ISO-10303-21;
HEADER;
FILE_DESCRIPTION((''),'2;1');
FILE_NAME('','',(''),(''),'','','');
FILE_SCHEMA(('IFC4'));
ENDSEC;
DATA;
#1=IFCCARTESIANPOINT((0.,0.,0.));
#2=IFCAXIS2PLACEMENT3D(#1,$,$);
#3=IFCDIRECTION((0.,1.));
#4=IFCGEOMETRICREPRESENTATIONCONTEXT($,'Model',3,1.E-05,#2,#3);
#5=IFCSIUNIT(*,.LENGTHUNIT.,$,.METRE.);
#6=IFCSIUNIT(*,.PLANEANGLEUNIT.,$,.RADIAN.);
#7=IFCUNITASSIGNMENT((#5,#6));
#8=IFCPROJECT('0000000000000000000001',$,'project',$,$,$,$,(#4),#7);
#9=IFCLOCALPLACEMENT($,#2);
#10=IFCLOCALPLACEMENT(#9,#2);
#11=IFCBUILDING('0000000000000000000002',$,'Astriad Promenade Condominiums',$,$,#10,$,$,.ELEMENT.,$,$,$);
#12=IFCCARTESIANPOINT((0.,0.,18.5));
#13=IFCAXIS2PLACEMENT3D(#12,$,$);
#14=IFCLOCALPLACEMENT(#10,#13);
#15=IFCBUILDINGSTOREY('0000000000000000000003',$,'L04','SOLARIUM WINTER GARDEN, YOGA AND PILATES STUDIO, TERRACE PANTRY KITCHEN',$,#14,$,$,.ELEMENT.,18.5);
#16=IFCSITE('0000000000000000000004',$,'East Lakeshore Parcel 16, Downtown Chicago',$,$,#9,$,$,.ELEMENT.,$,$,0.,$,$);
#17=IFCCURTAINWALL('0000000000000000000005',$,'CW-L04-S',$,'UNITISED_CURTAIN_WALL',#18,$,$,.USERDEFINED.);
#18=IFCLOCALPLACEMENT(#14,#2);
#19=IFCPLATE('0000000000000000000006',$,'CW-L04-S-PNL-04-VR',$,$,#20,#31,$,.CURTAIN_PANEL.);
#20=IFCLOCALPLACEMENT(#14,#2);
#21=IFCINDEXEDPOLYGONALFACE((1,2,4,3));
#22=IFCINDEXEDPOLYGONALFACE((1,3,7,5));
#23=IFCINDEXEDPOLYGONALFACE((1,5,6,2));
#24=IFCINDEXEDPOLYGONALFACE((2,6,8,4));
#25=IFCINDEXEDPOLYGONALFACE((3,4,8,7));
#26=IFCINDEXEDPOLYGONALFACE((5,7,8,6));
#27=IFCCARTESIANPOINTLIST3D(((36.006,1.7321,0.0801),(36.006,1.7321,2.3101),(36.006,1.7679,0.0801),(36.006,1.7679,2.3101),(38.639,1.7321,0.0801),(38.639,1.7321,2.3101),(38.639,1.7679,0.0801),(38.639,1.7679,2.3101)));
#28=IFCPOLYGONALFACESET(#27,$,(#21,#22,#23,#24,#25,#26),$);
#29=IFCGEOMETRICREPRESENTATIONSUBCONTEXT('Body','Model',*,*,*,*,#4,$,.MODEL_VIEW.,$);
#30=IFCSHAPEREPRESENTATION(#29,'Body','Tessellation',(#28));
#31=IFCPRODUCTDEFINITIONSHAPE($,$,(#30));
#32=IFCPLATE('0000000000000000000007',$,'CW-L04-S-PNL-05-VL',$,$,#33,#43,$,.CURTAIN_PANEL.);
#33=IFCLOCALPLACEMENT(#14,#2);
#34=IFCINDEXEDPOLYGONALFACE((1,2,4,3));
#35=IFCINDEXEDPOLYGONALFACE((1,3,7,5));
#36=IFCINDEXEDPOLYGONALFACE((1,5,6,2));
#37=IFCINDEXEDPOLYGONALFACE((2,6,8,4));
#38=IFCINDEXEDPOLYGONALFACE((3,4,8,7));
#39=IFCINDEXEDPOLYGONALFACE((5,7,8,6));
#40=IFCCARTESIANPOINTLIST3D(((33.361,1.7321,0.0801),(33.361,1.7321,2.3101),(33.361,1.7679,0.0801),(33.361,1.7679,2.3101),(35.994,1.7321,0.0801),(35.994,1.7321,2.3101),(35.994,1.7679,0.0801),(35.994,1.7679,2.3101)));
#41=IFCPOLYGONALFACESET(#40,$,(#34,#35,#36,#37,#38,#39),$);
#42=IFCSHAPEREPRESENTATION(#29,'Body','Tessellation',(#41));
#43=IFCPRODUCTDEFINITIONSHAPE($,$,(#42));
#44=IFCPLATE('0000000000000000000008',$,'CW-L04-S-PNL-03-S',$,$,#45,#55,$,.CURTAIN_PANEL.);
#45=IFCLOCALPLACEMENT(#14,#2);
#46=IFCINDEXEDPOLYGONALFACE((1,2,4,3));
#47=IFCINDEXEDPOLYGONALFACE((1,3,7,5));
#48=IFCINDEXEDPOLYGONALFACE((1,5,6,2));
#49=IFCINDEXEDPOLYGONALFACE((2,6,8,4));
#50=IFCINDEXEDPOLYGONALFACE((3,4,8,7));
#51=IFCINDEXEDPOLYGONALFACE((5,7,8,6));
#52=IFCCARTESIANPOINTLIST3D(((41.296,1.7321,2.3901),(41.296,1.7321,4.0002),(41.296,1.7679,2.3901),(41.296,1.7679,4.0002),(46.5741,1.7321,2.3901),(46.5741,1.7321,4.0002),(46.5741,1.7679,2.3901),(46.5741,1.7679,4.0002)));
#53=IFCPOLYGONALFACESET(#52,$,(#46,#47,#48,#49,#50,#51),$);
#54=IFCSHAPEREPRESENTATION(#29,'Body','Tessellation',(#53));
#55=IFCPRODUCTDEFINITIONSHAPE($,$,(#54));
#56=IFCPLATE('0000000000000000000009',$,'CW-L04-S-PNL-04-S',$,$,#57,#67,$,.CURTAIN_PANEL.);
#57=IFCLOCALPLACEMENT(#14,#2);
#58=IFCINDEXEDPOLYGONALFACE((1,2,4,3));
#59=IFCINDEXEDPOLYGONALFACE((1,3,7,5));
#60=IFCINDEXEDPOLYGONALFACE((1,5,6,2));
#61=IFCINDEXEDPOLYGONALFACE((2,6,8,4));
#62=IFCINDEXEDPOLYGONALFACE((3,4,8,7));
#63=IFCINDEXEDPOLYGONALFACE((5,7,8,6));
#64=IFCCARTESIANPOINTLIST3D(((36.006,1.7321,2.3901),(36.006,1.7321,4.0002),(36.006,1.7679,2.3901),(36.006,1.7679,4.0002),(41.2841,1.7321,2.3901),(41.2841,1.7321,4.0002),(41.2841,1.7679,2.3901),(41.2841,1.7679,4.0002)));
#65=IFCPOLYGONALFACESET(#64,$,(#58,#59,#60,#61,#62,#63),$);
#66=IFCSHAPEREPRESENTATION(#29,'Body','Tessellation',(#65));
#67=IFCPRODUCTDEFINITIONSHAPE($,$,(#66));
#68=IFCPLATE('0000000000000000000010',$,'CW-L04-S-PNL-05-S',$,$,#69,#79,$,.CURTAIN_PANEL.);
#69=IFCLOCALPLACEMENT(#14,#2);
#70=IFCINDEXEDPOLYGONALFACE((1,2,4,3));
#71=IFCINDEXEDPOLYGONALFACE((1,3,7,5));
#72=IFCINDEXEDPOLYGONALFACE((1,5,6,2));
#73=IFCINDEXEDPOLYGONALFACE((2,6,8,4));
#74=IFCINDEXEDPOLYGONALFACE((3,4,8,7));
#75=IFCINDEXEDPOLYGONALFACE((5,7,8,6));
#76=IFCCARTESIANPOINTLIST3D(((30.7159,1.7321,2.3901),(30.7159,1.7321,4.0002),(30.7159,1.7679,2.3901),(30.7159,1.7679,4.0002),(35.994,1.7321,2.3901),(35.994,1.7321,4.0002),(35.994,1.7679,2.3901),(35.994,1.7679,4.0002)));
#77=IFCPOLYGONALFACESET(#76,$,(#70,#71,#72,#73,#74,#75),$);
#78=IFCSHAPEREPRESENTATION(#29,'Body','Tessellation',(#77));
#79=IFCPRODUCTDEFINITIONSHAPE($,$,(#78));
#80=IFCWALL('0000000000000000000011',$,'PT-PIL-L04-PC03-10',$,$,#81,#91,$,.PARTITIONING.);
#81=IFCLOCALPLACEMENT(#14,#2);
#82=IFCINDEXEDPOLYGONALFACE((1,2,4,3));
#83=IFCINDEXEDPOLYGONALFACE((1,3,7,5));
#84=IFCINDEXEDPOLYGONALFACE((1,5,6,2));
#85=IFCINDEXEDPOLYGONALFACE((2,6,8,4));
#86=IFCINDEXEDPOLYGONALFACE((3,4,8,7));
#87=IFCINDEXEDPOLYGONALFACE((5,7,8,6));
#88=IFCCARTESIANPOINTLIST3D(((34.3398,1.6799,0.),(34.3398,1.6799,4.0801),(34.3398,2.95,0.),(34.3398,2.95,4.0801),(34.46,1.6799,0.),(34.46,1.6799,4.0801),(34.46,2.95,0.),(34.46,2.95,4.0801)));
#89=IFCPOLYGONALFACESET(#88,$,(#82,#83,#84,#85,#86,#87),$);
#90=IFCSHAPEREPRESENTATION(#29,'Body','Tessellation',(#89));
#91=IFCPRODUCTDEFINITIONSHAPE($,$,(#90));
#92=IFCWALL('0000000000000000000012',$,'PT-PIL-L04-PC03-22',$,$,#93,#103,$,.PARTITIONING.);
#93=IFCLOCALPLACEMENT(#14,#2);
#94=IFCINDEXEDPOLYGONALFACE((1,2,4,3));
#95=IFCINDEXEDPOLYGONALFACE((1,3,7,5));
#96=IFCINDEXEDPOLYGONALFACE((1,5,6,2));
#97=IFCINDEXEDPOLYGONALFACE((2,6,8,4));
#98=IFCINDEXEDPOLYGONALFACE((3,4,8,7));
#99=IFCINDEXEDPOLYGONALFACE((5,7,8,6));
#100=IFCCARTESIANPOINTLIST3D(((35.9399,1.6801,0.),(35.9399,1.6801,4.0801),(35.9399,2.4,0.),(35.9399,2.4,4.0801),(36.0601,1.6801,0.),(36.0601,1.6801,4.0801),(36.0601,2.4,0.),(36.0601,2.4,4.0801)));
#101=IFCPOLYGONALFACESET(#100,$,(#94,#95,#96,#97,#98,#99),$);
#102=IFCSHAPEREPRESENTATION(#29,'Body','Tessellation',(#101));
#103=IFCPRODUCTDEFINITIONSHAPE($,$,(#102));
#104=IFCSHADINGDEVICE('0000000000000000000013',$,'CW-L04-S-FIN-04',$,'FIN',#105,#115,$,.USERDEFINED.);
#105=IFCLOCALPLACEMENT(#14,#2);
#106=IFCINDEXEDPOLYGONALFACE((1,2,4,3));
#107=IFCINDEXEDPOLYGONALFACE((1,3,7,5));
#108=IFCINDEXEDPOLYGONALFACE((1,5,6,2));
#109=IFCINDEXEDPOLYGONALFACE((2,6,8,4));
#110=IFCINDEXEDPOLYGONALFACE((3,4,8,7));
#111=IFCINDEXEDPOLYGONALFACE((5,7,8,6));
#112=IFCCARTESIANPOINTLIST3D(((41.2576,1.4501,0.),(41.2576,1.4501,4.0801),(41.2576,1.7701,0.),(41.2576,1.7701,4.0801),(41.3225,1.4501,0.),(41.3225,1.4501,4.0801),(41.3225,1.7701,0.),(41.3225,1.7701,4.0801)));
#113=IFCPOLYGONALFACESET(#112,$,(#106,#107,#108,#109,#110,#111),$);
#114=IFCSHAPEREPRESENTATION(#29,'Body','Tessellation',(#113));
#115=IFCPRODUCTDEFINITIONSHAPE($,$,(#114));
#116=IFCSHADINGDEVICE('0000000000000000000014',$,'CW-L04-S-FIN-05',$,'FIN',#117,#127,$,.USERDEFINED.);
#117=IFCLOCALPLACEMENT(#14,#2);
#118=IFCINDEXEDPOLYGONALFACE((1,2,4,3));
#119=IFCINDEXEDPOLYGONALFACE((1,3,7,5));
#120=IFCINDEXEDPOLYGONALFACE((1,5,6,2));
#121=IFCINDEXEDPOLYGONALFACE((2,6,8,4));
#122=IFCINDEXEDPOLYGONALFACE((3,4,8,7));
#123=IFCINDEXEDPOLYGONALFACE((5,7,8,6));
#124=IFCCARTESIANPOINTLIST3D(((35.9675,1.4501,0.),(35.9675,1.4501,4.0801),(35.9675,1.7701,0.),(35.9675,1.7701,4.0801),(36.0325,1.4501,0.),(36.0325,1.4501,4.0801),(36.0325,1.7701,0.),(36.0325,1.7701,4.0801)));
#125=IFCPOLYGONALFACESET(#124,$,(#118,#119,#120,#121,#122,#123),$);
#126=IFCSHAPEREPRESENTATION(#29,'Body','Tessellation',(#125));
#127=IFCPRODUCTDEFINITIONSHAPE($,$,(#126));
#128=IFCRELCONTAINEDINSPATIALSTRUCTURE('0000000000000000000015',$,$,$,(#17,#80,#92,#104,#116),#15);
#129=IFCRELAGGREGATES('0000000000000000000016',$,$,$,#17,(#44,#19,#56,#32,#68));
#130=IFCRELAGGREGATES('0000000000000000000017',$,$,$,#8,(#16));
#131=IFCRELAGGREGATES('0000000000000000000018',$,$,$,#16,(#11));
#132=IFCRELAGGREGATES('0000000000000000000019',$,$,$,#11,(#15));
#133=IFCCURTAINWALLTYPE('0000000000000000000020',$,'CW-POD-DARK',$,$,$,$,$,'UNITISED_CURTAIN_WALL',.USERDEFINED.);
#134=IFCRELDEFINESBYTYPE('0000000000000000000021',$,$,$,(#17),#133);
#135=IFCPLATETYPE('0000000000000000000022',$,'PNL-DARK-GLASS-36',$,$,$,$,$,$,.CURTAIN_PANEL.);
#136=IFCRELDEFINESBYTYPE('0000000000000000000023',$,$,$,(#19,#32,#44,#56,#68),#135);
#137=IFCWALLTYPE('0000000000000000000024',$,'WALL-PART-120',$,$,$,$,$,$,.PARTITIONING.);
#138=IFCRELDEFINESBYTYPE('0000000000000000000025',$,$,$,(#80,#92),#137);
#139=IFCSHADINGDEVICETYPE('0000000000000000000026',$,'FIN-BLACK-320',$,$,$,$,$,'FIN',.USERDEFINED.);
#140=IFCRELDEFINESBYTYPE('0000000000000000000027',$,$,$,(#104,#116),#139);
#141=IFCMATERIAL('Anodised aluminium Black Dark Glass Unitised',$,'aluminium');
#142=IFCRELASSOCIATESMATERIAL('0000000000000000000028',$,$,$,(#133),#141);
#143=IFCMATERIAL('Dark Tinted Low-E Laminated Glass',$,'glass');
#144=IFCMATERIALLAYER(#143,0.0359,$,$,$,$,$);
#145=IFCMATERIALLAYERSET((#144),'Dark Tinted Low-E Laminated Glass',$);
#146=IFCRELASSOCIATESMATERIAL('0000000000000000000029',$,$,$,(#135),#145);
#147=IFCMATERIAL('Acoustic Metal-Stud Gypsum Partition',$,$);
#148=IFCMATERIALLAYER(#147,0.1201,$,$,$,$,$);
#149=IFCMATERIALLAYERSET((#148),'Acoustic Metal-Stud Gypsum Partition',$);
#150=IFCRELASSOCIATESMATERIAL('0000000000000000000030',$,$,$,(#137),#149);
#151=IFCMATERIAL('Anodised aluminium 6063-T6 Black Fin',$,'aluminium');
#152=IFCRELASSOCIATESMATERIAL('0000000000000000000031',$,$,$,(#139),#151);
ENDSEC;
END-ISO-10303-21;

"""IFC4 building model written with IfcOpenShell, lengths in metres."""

from ifc_helpers import new_model, si_unit, direction, frame, frame_2d, origin, origin_2d, place, context, subcontext, project, spatial, rectangle, extrude, source, transform, mapped, material, layer, layer_set, type_object, type_shapes, element, aggregate, save


model = new_model("IFC4")

# Units and contexts
model_context = context("Model", 3, precision=1e-05, world=origin(), true_north=direction((0.0, 1.0)))
body_context = subcontext(model_context, "Body", "Model", "MODEL_VIEW")
ifc_project = project(units=[si_unit("LENGTHUNIT", "METRE"), si_unit("PLANEANGLEUNIT", "RADIAN")], contexts=[model_context])

# Site, building, storey
site_placement = place(None, origin())
site = spatial("IfcSite", under=ifc_project, at=site_placement, Name="East Lakeshore Parcel 16, Downtown Chicago", CompositionType="ELEMENT", RefElevation=0.0)
building_placement = place(site_placement, origin())
building = spatial("IfcBuilding", under=site, at=building_placement, Name="Astriad Promenade Condominiums", CompositionType="ELEMENT")
storey_placement = place(building_placement, frame((0.0, 0.0, 18.5)))
storey = spatial("IfcBuildingStorey", under=building, at=storey_placement, Name="L04", Description="SOLARIUM WINTER GARDEN, YOGA AND PILATES STUDIO, TERRACE PANTRY KITCHEN", CompositionType="ELEMENT", Elevation=18.5)

# Curtain wall
ifc_material_1 = material(Name="Anodised aluminium Black Dark Glass Unitised", Category="aluminium")
curtain_wall_type = type_object("IfcCurtainWallType", Name="CW-POD-DARK", ElementType="UNITISED_CURTAIN_WALL", PredefinedType="USERDEFINED", material=ifc_material_1)
curtain_wall_placement = place(storey_placement, origin())
curtain_wall = element("IfcCurtainWall", 1, at=curtain_wall_placement, inside=storey, type_object=curtain_wall_type, Name="CW-L04-S", ObjectType="UNITISED_CURTAIN_WALL", PredefinedType="USERDEFINED")

# Plates
ifc_material_2 = material(Name="Dark Tinted Low-E Laminated Glass", Category="glass")
ifc_layer_1 = layer(ifc_material_2, 0.0359)
ifc_layer_set_1 = layer_set([ifc_layer_1], Name="Dark Tinted Low-E Laminated Glass")
plate_type_1 = type_object("IfcPlateType", Name="PNL-DARK-GLASS-36", PredefinedType="CURTAIN_PANEL", material=ifc_layer_set_1)
shared_shape_1 = source(origin(), body_context, "Body", "SweptSolid", [
    extrude(rectangle(XDim=2.6331, YDim=0.0359, at=origin_2d()), origin(), (0.0, 0.0, 1.0), 2.23),
])
plate_1_placement = place(storey_placement, frame((37.3225, 1.75, 0.0801), z_axis=(0.0, 0.0, 1.0), x_axis=(-1.0, 0.0, 0.0)))
plate_1 = element("IfcPlate", 2, at=plate_1_placement, type_object=plate_type_1, Name="CW-L04-S-PNL-04-VR", PredefinedType="CURTAIN_PANEL", context=body_context, shape_type="MappedRepresentation", body=[
    mapped(shared_shape_1, transform((0.0, 0.0, 0.0), scale=1.0)),
])
plate_2_placement = place(storey_placement, frame((34.6775, 1.75, 0.0801), z_axis=(0.0, 0.0, 1.0), x_axis=(-1.0, 0.0, 0.0)))
plate_2 = element("IfcPlate", 3, at=plate_2_placement, type_object=plate_type_1, Name="CW-L04-S-PNL-05-VL", PredefinedType="CURTAIN_PANEL", context=body_context, shape_type="MappedRepresentation", body=[
    mapped(shared_shape_1, transform((0.0, 0.0, 0.0), scale=1.0)),
])
shared_shape_2 = source(origin(), body_context, "Body", "SweptSolid", [
    extrude(rectangle(XDim=5.2781, YDim=0.0359, at=origin_2d()), origin(), (0.0, 0.0, 1.0), 1.6101),
])
type_shapes(plate_type_1, [shared_shape_1, shared_shape_2])
plate_3_placement = place(storey_placement, frame((43.9351, 1.75, 2.3901), z_axis=(0.0, 0.0, 1.0), x_axis=(-1.0, 0.0, 0.0)))
plate_3 = element("IfcPlate", 4, at=plate_3_placement, type_object=plate_type_1, Name="CW-L04-S-PNL-03-S", PredefinedType="CURTAIN_PANEL", context=body_context, shape_type="MappedRepresentation", body=[
    mapped(shared_shape_2, transform((0.0, 0.0, 0.0), scale=1.0)),
])
plate_4_placement = place(storey_placement, frame((38.645, 1.75, 2.3901), z_axis=(0.0, 0.0, 1.0), x_axis=(-1.0, 0.0, 0.0)))
plate_4 = element("IfcPlate", 5, at=plate_4_placement, type_object=plate_type_1, Name="CW-L04-S-PNL-04-S", PredefinedType="CURTAIN_PANEL", context=body_context, shape_type="MappedRepresentation", body=[
    mapped(shared_shape_2, transform((0.0, 0.0, 0.0), scale=1.0)),
])
plate_5_placement = place(storey_placement, frame((33.355, 1.75, 2.3901), z_axis=(0.0, 0.0, 1.0), x_axis=(-1.0, 0.0, 0.0)))
plate_5 = element("IfcPlate", 6, at=plate_5_placement, type_object=plate_type_1, Name="CW-L04-S-PNL-05-S", PredefinedType="CURTAIN_PANEL", context=body_context, shape_type="MappedRepresentation", body=[
    mapped(shared_shape_2, transform((0.0, 0.0, 0.0), scale=1.0)),
])
aggregate(curtain_wall, [plate_3, plate_1, plate_4, plate_2, plate_5])

# Walls
ifc_material_3 = material(Name="Acoustic Metal-Stud Gypsum Partition")
ifc_layer_2 = layer(ifc_material_3, 0.1201)
ifc_layer_set_2 = layer_set([ifc_layer_2], Name="Acoustic Metal-Stud Gypsum Partition")
wall_type = type_object("IfcWallType", Name="WALL-PART-120", PredefinedType="PARTITIONING", material=ifc_layer_set_2)
wall_1_placement = place(storey_placement, frame((34.3999, 2.95, 0.0), z_axis=(0.0, 0.0, 1.0), x_axis=(0.0, -1.0, 0.0)))
element("IfcWall", 7, at=wall_1_placement, inside=storey, type_object=wall_type, Name="PT-PIL-L04-PC03-10", PredefinedType="PARTITIONING", context=body_context, shape_type="SweptSolid", body=[
    extrude(rectangle(XDim=1.27, YDim=0.1201, at=frame_2d((0.635, 0.0))), origin(), (0.0, 0.0, 1.0), 4.0801),
])
wall_2_placement = place(storey_placement, frame((36.0, 2.3999, 0.0), z_axis=(0.0, 0.0, 1.0), x_axis=(0.0, -1.0, 0.0)))
element("IfcWall", 8, at=wall_2_placement, inside=storey, type_object=wall_type, Name="PT-PIL-L04-PC03-22", PredefinedType="PARTITIONING", context=body_context, shape_type="SweptSolid", body=[
    extrude(rectangle(XDim=0.72, YDim=0.1201, at=frame_2d((0.3599, 0.0))), origin(), (0.0, 0.0, 1.0), 4.0801),
])

# Shading devices
ifc_material_4 = material(Name="Anodised aluminium 6063-T6 Black Fin", Category="aluminium")
shading_device_type = type_object("IfcShadingDeviceType", Name="FIN-BLACK-320", ElementType="FIN", PredefinedType="USERDEFINED", material=ifc_material_4)
shared_shape_3 = source(origin(), body_context, "Body", "SweptSolid", [
    extrude(rectangle(XDim=0.0649, YDim=0.3201, at=origin_2d()), origin(), (0.0, 0.0, 1.0), 4.0801),
])
type_shapes(shading_device_type, [shared_shape_3])
for number, where, z_axis, x_axis, name in (
    (9, (41.29, 1.6101, 0.0), (0.0, 0.0, 1.0), (-1.0, 0.0, 0.0), "CW-L04-S-FIN-04"),
    (10, (36.0, 1.6101, 0.0), (0.0, 0.0, 1.0), (-1.0, 0.0, 0.0), "CW-L04-S-FIN-05"),
):
    element("IfcShadingDevice", number, at=place(storey_placement, frame(where, z_axis=z_axis, x_axis=x_axis)), inside=storey, type_object=shading_device_type, Name=name, ObjectType="FIN", PredefinedType="USERDEFINED", context=body_context, shape_type="MappedRepresentation", body=[
        mapped(shared_shape_3, transform((0.0, 0.0, 0.0), scale=1.0)),
    ])

save(model, "model.ifc")
